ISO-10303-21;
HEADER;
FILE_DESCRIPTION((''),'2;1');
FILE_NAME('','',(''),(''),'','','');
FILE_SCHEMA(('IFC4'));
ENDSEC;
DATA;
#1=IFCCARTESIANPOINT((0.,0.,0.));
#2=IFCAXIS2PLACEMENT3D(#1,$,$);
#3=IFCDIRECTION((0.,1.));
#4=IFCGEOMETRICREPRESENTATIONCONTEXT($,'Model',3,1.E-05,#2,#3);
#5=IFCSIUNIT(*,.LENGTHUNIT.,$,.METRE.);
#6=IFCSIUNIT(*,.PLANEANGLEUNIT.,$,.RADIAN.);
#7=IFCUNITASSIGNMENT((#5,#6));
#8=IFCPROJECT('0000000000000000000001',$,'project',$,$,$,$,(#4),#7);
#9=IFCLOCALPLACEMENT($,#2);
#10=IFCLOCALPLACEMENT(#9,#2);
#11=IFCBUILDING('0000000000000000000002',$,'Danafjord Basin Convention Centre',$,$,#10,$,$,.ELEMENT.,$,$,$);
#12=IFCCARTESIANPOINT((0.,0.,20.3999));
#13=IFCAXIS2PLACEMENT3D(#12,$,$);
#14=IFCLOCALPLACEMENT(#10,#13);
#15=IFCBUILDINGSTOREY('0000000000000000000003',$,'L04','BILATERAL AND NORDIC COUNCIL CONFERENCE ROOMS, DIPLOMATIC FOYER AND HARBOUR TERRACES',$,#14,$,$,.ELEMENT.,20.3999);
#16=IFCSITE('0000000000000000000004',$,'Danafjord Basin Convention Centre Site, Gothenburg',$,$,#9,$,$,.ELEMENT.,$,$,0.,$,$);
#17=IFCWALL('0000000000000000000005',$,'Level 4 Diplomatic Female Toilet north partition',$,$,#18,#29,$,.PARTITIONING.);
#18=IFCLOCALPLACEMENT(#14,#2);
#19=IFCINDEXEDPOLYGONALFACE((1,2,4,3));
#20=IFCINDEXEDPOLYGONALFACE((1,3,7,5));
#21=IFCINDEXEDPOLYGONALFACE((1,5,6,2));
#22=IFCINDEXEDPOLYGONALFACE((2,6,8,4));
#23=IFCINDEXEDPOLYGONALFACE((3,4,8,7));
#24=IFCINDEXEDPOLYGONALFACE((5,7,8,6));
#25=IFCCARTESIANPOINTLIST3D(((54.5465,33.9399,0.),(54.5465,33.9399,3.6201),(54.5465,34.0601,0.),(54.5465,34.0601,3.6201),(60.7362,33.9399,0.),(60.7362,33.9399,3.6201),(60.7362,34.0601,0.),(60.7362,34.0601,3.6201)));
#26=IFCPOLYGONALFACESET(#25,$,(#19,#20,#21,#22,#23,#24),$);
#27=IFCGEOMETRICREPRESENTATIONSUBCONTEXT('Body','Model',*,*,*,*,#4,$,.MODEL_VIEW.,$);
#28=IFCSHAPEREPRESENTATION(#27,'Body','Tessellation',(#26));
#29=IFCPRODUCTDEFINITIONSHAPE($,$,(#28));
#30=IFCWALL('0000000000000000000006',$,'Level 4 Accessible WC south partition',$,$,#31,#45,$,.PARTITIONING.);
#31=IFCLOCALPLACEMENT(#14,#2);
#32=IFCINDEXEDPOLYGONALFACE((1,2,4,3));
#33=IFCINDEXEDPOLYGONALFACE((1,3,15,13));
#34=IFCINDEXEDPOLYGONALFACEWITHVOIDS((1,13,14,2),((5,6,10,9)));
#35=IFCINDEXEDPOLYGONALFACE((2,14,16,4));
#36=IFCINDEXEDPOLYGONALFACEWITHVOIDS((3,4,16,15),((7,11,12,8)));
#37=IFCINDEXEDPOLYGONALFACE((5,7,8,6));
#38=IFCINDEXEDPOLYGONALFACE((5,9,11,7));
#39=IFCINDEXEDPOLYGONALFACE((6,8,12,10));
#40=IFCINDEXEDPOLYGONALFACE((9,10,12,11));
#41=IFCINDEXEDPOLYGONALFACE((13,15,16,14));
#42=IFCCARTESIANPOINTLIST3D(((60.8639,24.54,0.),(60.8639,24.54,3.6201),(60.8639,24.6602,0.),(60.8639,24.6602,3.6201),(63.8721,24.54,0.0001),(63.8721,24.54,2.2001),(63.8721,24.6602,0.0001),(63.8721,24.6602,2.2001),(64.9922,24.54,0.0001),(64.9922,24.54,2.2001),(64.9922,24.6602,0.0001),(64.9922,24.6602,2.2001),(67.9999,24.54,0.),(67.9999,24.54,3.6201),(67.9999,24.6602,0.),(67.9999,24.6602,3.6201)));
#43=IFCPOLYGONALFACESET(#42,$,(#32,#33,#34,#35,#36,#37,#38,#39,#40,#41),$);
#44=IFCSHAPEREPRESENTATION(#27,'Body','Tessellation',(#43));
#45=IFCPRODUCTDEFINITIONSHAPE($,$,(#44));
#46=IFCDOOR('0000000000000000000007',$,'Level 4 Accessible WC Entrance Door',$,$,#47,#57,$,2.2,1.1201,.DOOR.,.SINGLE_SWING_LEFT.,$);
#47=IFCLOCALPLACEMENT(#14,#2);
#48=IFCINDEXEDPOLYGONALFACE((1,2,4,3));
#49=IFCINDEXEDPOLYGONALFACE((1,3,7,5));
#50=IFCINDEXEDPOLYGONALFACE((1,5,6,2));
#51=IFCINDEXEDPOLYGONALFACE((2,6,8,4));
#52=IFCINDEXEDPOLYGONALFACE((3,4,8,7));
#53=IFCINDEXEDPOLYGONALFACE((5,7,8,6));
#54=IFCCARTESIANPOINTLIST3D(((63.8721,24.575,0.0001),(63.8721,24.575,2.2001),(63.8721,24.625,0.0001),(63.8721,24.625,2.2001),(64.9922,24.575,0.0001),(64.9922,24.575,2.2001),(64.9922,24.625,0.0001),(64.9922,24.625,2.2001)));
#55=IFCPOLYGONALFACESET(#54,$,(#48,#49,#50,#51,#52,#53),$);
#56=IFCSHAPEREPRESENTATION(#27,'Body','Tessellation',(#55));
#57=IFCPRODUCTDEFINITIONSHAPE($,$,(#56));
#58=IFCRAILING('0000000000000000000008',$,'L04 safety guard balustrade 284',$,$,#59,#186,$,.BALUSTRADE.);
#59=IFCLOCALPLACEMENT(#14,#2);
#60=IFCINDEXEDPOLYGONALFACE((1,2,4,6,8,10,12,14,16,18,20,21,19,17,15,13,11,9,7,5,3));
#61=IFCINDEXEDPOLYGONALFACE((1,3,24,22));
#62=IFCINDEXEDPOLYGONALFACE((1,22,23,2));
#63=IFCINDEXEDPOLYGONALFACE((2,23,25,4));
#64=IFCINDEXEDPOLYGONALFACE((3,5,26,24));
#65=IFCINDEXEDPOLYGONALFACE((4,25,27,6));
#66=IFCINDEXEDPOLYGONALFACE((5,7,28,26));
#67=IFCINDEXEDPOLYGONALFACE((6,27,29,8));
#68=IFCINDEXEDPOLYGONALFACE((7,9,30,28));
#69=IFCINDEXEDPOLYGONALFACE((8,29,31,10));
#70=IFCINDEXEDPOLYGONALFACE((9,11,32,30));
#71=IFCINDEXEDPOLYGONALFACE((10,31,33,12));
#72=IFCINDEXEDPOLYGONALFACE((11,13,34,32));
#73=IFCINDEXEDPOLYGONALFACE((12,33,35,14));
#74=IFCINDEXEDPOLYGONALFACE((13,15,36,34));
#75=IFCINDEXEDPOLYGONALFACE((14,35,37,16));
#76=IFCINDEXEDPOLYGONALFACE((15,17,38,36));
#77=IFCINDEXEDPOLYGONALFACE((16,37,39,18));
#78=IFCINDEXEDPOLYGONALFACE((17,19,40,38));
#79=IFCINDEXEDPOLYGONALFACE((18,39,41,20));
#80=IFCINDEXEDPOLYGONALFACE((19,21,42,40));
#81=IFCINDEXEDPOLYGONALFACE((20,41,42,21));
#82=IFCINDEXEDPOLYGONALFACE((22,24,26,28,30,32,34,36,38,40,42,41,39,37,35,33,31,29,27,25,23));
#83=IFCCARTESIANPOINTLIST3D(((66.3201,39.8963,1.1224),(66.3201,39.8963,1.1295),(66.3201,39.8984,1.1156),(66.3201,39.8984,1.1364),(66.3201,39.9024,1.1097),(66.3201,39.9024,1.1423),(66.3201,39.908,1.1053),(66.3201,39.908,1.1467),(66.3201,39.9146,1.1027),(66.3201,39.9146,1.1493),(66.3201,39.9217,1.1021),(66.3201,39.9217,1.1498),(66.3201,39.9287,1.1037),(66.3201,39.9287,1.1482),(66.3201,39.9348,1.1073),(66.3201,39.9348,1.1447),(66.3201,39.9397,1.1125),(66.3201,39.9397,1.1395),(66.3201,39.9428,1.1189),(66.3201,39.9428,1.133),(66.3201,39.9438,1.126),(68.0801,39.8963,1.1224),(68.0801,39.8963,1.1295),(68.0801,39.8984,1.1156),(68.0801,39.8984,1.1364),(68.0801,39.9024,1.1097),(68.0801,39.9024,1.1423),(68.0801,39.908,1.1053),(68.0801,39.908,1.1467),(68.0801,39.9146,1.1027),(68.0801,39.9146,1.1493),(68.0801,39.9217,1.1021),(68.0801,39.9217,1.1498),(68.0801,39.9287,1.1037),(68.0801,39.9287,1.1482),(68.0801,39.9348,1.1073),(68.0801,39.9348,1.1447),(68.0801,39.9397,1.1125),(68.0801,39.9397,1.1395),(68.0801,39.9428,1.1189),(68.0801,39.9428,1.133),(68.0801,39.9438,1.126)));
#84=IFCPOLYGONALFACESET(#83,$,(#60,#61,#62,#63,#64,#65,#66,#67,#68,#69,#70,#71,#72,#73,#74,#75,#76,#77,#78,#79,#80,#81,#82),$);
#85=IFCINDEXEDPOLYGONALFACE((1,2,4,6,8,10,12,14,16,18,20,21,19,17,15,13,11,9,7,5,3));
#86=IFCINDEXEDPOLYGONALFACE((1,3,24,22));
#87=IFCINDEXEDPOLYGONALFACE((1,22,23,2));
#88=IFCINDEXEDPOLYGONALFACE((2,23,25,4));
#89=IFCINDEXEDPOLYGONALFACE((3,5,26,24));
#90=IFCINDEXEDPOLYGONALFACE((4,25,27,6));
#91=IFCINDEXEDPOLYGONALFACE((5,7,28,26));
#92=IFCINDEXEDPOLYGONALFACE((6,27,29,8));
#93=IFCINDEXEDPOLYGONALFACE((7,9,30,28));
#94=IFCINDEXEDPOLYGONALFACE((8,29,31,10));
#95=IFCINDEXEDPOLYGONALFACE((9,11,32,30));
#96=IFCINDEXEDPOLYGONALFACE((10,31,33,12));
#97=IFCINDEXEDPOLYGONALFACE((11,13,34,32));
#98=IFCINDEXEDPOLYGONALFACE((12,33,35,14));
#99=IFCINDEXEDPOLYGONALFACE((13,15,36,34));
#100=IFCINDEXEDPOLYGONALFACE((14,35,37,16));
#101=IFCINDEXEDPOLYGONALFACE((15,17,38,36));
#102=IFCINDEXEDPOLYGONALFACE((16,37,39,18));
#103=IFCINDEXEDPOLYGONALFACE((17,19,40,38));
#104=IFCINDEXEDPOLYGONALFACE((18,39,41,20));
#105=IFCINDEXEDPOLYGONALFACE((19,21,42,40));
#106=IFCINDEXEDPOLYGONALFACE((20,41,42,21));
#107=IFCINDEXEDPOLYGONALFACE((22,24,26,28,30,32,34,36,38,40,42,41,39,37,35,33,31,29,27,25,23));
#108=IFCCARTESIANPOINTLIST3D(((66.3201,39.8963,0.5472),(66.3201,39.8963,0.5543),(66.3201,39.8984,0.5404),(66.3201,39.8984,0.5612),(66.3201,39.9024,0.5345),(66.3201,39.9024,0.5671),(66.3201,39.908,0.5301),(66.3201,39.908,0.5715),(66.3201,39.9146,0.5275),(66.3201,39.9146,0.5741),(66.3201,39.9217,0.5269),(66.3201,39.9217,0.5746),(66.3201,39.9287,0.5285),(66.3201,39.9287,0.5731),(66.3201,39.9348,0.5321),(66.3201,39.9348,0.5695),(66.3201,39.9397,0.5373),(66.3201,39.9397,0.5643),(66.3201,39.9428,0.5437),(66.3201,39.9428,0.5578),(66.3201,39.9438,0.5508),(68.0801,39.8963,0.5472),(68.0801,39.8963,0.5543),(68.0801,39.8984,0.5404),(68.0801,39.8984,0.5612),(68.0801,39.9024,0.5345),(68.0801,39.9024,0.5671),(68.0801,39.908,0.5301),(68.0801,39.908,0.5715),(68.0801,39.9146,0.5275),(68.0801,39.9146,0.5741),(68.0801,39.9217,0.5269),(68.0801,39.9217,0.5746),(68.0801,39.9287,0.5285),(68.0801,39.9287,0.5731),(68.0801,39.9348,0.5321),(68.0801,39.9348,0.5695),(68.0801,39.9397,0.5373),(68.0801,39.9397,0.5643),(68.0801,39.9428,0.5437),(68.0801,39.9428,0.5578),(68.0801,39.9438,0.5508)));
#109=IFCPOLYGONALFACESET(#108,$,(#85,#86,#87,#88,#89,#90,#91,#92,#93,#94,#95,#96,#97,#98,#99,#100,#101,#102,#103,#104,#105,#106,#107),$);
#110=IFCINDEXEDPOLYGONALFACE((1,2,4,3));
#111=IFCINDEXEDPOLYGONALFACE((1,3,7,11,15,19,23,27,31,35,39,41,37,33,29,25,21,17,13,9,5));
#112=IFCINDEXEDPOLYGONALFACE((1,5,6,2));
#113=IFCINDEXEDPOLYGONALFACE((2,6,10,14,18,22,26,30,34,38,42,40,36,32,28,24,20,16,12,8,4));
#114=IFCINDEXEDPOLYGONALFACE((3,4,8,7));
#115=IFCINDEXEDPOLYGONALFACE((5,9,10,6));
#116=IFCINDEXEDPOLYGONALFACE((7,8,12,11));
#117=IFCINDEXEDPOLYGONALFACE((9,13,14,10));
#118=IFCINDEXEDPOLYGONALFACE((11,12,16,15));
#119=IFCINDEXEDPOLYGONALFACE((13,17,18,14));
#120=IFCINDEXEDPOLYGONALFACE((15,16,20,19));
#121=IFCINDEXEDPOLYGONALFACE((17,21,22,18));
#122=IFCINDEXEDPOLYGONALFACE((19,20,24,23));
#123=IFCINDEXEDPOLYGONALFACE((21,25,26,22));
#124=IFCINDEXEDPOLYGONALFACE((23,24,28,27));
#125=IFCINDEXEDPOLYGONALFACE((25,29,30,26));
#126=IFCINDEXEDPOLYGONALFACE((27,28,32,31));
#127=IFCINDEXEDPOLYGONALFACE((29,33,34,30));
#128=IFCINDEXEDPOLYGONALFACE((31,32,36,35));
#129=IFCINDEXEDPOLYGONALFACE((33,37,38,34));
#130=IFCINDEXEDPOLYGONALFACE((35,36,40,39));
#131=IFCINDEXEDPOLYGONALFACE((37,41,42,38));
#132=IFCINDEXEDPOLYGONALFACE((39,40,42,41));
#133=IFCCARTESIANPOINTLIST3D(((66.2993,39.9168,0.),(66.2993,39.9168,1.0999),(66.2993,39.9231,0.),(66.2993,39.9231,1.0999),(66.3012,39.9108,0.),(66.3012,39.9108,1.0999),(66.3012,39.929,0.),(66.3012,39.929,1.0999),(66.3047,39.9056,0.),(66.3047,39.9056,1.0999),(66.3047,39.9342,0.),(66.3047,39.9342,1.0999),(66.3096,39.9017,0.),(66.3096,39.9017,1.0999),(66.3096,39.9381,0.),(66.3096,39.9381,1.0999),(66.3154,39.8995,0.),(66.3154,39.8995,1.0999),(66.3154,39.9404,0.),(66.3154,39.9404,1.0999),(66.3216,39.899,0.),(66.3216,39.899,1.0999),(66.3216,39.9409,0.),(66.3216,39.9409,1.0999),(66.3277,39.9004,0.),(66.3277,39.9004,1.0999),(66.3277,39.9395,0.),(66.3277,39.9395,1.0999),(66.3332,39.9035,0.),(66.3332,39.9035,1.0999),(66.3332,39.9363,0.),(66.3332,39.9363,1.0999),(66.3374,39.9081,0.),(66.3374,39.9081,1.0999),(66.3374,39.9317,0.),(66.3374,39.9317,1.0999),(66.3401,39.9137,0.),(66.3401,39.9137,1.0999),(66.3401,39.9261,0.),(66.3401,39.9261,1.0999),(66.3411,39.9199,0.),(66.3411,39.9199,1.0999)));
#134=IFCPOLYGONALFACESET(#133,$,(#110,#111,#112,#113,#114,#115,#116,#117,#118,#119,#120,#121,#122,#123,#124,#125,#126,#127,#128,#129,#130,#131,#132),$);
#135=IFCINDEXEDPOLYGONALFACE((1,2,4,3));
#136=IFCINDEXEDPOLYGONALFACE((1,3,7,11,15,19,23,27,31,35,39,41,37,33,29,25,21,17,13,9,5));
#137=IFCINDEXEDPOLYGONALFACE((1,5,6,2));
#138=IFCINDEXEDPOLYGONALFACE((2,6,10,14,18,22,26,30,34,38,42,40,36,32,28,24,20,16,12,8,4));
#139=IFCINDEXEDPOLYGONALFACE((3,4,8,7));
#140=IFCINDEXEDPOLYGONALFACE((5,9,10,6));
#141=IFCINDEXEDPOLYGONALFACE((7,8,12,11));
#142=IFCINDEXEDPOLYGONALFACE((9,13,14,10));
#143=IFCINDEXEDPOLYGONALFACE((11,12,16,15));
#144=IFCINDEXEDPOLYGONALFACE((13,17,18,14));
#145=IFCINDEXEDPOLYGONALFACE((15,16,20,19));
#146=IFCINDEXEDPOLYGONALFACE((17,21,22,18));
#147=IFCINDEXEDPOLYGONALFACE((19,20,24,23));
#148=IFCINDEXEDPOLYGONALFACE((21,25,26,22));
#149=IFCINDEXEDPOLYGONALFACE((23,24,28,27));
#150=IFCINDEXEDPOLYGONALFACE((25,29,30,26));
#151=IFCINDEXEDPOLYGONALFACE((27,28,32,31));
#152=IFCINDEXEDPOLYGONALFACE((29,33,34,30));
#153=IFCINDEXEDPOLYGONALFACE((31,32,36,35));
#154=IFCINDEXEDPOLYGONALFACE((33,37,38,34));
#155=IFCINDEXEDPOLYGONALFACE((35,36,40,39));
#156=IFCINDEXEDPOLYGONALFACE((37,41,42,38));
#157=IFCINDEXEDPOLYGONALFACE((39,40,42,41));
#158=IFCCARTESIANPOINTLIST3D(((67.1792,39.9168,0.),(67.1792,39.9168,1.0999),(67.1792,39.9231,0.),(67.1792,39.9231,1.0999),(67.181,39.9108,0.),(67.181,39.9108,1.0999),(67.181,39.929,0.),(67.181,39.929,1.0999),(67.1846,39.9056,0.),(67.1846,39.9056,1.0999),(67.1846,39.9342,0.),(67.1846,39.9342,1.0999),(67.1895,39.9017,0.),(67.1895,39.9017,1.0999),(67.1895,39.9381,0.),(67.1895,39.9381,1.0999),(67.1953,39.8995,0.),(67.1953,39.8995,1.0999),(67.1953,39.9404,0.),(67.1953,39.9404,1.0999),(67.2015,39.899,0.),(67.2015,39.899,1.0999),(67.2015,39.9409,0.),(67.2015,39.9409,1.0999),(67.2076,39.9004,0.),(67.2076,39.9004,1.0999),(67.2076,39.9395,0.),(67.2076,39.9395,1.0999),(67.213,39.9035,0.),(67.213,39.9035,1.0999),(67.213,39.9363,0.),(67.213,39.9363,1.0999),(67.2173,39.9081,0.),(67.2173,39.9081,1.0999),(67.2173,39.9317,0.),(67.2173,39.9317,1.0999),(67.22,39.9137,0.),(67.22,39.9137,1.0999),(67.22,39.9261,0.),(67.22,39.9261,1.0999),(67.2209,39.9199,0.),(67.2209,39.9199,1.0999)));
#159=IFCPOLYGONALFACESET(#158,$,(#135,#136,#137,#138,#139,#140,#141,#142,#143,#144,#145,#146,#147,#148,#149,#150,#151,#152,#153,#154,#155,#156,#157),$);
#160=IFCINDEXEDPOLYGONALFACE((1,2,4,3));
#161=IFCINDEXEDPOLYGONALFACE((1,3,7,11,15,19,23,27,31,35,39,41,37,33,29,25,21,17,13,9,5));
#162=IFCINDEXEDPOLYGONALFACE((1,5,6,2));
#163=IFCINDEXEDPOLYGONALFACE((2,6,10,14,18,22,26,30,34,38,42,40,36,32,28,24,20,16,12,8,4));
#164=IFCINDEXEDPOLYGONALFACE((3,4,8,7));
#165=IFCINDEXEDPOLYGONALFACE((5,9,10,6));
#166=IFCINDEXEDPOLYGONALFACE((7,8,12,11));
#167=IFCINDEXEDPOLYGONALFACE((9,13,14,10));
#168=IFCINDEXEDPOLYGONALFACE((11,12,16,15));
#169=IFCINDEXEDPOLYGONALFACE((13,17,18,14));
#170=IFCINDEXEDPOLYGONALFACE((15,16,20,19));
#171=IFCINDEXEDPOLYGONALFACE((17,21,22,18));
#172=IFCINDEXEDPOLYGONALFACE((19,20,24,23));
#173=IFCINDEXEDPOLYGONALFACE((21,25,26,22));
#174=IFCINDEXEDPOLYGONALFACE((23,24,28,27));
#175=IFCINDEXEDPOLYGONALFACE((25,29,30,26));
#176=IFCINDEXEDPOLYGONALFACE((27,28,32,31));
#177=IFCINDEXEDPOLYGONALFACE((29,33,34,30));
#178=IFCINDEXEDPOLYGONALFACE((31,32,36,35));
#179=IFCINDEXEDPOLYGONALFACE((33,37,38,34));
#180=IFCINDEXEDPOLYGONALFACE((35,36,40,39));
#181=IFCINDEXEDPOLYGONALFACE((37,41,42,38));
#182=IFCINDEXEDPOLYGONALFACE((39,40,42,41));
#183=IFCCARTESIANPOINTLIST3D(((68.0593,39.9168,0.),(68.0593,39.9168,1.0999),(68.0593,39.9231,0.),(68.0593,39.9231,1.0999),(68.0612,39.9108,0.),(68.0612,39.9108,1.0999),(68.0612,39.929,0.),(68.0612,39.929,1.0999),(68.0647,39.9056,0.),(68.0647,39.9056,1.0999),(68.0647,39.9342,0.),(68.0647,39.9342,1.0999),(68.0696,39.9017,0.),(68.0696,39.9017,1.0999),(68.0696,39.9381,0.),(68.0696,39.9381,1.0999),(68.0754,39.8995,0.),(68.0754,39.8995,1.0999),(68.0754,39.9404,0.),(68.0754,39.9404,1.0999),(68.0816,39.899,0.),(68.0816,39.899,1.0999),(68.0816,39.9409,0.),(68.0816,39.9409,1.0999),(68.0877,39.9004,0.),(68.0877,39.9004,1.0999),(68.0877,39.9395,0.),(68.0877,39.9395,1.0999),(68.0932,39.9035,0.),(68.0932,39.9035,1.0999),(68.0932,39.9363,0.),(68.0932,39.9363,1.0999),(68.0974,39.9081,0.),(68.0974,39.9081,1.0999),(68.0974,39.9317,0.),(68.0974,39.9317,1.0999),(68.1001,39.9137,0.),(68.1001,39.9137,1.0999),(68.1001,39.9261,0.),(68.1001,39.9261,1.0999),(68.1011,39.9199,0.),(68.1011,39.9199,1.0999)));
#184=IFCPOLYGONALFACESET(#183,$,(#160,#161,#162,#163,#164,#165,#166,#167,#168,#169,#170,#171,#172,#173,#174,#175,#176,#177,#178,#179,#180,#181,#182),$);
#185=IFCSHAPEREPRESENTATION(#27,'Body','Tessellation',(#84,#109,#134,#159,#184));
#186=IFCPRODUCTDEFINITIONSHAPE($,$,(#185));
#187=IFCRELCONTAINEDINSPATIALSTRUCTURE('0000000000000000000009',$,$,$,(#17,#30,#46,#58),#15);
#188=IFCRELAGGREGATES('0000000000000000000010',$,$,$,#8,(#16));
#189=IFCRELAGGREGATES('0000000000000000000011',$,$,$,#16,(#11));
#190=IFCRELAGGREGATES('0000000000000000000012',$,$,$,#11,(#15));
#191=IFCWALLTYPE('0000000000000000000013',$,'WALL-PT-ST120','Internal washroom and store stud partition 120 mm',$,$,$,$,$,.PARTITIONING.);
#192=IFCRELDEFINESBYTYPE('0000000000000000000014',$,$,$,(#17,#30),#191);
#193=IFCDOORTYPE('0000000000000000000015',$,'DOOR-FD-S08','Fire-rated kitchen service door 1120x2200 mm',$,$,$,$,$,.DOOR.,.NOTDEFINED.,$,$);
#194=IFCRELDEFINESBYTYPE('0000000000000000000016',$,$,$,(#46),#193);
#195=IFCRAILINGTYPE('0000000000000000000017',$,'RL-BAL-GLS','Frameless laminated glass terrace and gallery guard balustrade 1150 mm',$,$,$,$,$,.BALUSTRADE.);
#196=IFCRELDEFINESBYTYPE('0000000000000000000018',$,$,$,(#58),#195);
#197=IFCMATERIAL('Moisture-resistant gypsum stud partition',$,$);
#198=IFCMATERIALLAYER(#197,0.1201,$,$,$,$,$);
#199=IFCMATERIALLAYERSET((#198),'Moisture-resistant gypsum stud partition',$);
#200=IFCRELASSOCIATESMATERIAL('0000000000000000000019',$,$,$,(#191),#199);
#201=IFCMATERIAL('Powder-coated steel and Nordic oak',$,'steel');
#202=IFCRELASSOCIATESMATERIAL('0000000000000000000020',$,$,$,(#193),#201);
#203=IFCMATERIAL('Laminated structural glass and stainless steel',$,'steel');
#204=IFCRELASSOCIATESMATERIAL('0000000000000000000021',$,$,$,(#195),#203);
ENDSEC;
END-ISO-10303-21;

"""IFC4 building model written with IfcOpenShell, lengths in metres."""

from ifc_helpers import new_model, si_unit, direction, frame, frame_2d, origin, origin_2d, place, context, subcontext, project, spatial, rectangle, circle, extrude, material, layer, layer_set, type_object, element, fill, save


model = new_model("IFC4")

# Units and contexts
model_context = context("Model", 3, precision=1e-05, world=origin(), true_north=direction((0.0, 1.0)))
body_context = subcontext(model_context, "Body", "Model", "MODEL_VIEW")
ifc_project = project(units=[si_unit("LENGTHUNIT", "METRE"), si_unit("PLANEANGLEUNIT", "RADIAN")], contexts=[model_context])

# Site, building, storey
site_placement = place(None, origin())
site = spatial("IfcSite", under=ifc_project, at=site_placement, Name="Danafjord Basin Convention Centre Site, Gothenburg", CompositionType="ELEMENT", RefElevation=0.0)
building_placement = place(site_placement, origin())
building = spatial("IfcBuilding", under=site, at=building_placement, Name="Danafjord Basin Convention Centre", CompositionType="ELEMENT")
storey_placement = place(building_placement, frame((0.0, 0.0, 20.3999)))
storey = spatial("IfcBuildingStorey", under=building, at=storey_placement, Name="L04", Description="BILATERAL AND NORDIC COUNCIL CONFERENCE ROOMS, DIPLOMATIC FOYER AND HARBOUR TERRACES", CompositionType="ELEMENT", Elevation=20.3999)

# Wall
ifc_material_1 = material(Name="Moisture-resistant gypsum stud partition")
ifc_layer_1 = layer(ifc_material_1, 0.1201)
ifc_layer_set_1 = layer_set([ifc_layer_1], Name="Moisture-resistant gypsum stud partition")
wall_type = type_object("IfcWallType", Name="WALL-PT-ST120", Description="Internal washroom and store stud partition 120 mm", PredefinedType="PARTITIONING", material=ifc_layer_set_1)
wall_1_placement = place(storey_placement, frame((60.7361, 34.0, 0.0), z_axis=(0.0, 0.0, 1.0), x_axis=(-1.0, 0.0, 0.0)))
element("IfcWall", 1, at=wall_1_placement, inside=storey, type_object=wall_type, Name="Level 4 Diplomatic Female Toilet north partition", PredefinedType="PARTITIONING", context=body_context, shape_type="SweptSolid", body=[
    extrude(rectangle(XDim=6.1897, YDim=0.1201, at=frame_2d((3.0947, 0.0))), origin(), (0.0, 0.0, 1.0), 3.6201),
])

# Wall, opening, door
wall_2_placement = place(storey_placement, frame((60.864, 24.6001, 0.0), z_axis=(0.0, 0.0, 1.0), x_axis=(1.0, 0.0, 0.0)))
wall_2 = element("IfcWall", 2, at=wall_2_placement, inside=storey, type_object=wall_type, Name="Level 4 Accessible WC south partition", PredefinedType="PARTITIONING", context=body_context, shape_type="SweptSolid", body=[
    extrude(rectangle(XDim=7.136, YDim=0.1201, at=frame_2d((3.5679, 0.0))), origin(), (0.0, 0.0, 1.0), 3.6201),
])
opening_placement = place(wall_2_placement, frame((3.0081, 0.0, 0.0)))
opening = element("IfcOpeningElement", 3, at=opening_placement, cuts=wall_2, PredefinedType="OPENING", context=body_context, shape_type="SweptSolid", body=[
    extrude(rectangle(XDim=1.1201, YDim=2.2, at=frame_2d((0.5601, 1.1001))), frame((0.0, 0.0701, 0.0), z_axis=(0.0, -1.0, 0.0), x_axis=(1.0, 0.0, 0.0)), (0.0, 0.0, 1.0), 0.1401),
])
ifc_material_2 = material(Name="Powder-coated steel and Nordic oak", Category="steel")
door_type = type_object("IfcDoorType", Name="DOOR-FD-S08", Description="Fire-rated kitchen service door 1120x2200 mm", OperationType="NOTDEFINED", PredefinedType="DOOR", material=ifc_material_2)
door_placement = place(opening_placement, origin())
door = element("IfcDoor", 4, at=door_placement, inside=storey, type_object=door_type, Name="Level 4 Accessible WC Entrance Door", OperationType="SINGLE_SWING_LEFT", OverallHeight=2.2, OverallWidth=1.1201, PredefinedType="DOOR", context=body_context, shape_type="SweptSolid", body=[
    extrude(rectangle(XDim=1.1201, YDim=2.2, at=frame_2d((0.5601, 1.1001))), frame((0.0, 0.0249, 0.0), z_axis=(0.0, -1.0, 0.0), x_axis=(1.0, 0.0, 0.0)), (0.0, 0.0, 1.0), 0.05),
])
fill(opening, door)

# Railing
ifc_material_3 = material(Name="Laminated structural glass and stainless steel", Category="steel")
railing_type = type_object("IfcRailingType", Name="RL-BAL-GLS", Description="Frameless laminated glass terrace and gallery guard balustrade 1150 mm", PredefinedType="BALUSTRADE", material=ifc_material_3)
railing_placement = place(storey_placement, frame((66.3201, 39.9199, 0.0)))
element("IfcRailing", 5, at=railing_placement, inside=storey, type_object=railing_type, Name="L04 safety guard balustrade 284", PredefinedType="BALUSTRADE", context=body_context, shape_type="SweptSolid", body=[
    extrude(circle(Radius=0.0239, at=origin_2d()), frame((0.0, 0.0, 1.126), z_axis=(1.0, 0.0, 0.0), x_axis=(0.0, 1.0, 0.0)), (0.0, 0.0, 1.0), 1.76),
    extrude(circle(Radius=0.0239, at=origin_2d()), frame((0.0, 0.0, 0.5508), z_axis=(1.0, 0.0, 0.0), x_axis=(0.0, 1.0, 0.0)), (0.0, 0.0, 1.0), 1.76),
    extrude(circle(Radius=0.021, at=origin_2d()), origin(), (0.0, 0.0, 1.0), 1.0999),
    extrude(circle(Radius=0.021, at=origin_2d()), frame((0.8799, 0.0, 0.0)), (0.0, 0.0, 1.0), 1.0999),
    extrude(circle(Radius=0.021, at=origin_2d()), frame((1.76, 0.0, 0.0)), (0.0, 0.0, 1.0), 1.0999),
])

save(model, "model.ifc")
